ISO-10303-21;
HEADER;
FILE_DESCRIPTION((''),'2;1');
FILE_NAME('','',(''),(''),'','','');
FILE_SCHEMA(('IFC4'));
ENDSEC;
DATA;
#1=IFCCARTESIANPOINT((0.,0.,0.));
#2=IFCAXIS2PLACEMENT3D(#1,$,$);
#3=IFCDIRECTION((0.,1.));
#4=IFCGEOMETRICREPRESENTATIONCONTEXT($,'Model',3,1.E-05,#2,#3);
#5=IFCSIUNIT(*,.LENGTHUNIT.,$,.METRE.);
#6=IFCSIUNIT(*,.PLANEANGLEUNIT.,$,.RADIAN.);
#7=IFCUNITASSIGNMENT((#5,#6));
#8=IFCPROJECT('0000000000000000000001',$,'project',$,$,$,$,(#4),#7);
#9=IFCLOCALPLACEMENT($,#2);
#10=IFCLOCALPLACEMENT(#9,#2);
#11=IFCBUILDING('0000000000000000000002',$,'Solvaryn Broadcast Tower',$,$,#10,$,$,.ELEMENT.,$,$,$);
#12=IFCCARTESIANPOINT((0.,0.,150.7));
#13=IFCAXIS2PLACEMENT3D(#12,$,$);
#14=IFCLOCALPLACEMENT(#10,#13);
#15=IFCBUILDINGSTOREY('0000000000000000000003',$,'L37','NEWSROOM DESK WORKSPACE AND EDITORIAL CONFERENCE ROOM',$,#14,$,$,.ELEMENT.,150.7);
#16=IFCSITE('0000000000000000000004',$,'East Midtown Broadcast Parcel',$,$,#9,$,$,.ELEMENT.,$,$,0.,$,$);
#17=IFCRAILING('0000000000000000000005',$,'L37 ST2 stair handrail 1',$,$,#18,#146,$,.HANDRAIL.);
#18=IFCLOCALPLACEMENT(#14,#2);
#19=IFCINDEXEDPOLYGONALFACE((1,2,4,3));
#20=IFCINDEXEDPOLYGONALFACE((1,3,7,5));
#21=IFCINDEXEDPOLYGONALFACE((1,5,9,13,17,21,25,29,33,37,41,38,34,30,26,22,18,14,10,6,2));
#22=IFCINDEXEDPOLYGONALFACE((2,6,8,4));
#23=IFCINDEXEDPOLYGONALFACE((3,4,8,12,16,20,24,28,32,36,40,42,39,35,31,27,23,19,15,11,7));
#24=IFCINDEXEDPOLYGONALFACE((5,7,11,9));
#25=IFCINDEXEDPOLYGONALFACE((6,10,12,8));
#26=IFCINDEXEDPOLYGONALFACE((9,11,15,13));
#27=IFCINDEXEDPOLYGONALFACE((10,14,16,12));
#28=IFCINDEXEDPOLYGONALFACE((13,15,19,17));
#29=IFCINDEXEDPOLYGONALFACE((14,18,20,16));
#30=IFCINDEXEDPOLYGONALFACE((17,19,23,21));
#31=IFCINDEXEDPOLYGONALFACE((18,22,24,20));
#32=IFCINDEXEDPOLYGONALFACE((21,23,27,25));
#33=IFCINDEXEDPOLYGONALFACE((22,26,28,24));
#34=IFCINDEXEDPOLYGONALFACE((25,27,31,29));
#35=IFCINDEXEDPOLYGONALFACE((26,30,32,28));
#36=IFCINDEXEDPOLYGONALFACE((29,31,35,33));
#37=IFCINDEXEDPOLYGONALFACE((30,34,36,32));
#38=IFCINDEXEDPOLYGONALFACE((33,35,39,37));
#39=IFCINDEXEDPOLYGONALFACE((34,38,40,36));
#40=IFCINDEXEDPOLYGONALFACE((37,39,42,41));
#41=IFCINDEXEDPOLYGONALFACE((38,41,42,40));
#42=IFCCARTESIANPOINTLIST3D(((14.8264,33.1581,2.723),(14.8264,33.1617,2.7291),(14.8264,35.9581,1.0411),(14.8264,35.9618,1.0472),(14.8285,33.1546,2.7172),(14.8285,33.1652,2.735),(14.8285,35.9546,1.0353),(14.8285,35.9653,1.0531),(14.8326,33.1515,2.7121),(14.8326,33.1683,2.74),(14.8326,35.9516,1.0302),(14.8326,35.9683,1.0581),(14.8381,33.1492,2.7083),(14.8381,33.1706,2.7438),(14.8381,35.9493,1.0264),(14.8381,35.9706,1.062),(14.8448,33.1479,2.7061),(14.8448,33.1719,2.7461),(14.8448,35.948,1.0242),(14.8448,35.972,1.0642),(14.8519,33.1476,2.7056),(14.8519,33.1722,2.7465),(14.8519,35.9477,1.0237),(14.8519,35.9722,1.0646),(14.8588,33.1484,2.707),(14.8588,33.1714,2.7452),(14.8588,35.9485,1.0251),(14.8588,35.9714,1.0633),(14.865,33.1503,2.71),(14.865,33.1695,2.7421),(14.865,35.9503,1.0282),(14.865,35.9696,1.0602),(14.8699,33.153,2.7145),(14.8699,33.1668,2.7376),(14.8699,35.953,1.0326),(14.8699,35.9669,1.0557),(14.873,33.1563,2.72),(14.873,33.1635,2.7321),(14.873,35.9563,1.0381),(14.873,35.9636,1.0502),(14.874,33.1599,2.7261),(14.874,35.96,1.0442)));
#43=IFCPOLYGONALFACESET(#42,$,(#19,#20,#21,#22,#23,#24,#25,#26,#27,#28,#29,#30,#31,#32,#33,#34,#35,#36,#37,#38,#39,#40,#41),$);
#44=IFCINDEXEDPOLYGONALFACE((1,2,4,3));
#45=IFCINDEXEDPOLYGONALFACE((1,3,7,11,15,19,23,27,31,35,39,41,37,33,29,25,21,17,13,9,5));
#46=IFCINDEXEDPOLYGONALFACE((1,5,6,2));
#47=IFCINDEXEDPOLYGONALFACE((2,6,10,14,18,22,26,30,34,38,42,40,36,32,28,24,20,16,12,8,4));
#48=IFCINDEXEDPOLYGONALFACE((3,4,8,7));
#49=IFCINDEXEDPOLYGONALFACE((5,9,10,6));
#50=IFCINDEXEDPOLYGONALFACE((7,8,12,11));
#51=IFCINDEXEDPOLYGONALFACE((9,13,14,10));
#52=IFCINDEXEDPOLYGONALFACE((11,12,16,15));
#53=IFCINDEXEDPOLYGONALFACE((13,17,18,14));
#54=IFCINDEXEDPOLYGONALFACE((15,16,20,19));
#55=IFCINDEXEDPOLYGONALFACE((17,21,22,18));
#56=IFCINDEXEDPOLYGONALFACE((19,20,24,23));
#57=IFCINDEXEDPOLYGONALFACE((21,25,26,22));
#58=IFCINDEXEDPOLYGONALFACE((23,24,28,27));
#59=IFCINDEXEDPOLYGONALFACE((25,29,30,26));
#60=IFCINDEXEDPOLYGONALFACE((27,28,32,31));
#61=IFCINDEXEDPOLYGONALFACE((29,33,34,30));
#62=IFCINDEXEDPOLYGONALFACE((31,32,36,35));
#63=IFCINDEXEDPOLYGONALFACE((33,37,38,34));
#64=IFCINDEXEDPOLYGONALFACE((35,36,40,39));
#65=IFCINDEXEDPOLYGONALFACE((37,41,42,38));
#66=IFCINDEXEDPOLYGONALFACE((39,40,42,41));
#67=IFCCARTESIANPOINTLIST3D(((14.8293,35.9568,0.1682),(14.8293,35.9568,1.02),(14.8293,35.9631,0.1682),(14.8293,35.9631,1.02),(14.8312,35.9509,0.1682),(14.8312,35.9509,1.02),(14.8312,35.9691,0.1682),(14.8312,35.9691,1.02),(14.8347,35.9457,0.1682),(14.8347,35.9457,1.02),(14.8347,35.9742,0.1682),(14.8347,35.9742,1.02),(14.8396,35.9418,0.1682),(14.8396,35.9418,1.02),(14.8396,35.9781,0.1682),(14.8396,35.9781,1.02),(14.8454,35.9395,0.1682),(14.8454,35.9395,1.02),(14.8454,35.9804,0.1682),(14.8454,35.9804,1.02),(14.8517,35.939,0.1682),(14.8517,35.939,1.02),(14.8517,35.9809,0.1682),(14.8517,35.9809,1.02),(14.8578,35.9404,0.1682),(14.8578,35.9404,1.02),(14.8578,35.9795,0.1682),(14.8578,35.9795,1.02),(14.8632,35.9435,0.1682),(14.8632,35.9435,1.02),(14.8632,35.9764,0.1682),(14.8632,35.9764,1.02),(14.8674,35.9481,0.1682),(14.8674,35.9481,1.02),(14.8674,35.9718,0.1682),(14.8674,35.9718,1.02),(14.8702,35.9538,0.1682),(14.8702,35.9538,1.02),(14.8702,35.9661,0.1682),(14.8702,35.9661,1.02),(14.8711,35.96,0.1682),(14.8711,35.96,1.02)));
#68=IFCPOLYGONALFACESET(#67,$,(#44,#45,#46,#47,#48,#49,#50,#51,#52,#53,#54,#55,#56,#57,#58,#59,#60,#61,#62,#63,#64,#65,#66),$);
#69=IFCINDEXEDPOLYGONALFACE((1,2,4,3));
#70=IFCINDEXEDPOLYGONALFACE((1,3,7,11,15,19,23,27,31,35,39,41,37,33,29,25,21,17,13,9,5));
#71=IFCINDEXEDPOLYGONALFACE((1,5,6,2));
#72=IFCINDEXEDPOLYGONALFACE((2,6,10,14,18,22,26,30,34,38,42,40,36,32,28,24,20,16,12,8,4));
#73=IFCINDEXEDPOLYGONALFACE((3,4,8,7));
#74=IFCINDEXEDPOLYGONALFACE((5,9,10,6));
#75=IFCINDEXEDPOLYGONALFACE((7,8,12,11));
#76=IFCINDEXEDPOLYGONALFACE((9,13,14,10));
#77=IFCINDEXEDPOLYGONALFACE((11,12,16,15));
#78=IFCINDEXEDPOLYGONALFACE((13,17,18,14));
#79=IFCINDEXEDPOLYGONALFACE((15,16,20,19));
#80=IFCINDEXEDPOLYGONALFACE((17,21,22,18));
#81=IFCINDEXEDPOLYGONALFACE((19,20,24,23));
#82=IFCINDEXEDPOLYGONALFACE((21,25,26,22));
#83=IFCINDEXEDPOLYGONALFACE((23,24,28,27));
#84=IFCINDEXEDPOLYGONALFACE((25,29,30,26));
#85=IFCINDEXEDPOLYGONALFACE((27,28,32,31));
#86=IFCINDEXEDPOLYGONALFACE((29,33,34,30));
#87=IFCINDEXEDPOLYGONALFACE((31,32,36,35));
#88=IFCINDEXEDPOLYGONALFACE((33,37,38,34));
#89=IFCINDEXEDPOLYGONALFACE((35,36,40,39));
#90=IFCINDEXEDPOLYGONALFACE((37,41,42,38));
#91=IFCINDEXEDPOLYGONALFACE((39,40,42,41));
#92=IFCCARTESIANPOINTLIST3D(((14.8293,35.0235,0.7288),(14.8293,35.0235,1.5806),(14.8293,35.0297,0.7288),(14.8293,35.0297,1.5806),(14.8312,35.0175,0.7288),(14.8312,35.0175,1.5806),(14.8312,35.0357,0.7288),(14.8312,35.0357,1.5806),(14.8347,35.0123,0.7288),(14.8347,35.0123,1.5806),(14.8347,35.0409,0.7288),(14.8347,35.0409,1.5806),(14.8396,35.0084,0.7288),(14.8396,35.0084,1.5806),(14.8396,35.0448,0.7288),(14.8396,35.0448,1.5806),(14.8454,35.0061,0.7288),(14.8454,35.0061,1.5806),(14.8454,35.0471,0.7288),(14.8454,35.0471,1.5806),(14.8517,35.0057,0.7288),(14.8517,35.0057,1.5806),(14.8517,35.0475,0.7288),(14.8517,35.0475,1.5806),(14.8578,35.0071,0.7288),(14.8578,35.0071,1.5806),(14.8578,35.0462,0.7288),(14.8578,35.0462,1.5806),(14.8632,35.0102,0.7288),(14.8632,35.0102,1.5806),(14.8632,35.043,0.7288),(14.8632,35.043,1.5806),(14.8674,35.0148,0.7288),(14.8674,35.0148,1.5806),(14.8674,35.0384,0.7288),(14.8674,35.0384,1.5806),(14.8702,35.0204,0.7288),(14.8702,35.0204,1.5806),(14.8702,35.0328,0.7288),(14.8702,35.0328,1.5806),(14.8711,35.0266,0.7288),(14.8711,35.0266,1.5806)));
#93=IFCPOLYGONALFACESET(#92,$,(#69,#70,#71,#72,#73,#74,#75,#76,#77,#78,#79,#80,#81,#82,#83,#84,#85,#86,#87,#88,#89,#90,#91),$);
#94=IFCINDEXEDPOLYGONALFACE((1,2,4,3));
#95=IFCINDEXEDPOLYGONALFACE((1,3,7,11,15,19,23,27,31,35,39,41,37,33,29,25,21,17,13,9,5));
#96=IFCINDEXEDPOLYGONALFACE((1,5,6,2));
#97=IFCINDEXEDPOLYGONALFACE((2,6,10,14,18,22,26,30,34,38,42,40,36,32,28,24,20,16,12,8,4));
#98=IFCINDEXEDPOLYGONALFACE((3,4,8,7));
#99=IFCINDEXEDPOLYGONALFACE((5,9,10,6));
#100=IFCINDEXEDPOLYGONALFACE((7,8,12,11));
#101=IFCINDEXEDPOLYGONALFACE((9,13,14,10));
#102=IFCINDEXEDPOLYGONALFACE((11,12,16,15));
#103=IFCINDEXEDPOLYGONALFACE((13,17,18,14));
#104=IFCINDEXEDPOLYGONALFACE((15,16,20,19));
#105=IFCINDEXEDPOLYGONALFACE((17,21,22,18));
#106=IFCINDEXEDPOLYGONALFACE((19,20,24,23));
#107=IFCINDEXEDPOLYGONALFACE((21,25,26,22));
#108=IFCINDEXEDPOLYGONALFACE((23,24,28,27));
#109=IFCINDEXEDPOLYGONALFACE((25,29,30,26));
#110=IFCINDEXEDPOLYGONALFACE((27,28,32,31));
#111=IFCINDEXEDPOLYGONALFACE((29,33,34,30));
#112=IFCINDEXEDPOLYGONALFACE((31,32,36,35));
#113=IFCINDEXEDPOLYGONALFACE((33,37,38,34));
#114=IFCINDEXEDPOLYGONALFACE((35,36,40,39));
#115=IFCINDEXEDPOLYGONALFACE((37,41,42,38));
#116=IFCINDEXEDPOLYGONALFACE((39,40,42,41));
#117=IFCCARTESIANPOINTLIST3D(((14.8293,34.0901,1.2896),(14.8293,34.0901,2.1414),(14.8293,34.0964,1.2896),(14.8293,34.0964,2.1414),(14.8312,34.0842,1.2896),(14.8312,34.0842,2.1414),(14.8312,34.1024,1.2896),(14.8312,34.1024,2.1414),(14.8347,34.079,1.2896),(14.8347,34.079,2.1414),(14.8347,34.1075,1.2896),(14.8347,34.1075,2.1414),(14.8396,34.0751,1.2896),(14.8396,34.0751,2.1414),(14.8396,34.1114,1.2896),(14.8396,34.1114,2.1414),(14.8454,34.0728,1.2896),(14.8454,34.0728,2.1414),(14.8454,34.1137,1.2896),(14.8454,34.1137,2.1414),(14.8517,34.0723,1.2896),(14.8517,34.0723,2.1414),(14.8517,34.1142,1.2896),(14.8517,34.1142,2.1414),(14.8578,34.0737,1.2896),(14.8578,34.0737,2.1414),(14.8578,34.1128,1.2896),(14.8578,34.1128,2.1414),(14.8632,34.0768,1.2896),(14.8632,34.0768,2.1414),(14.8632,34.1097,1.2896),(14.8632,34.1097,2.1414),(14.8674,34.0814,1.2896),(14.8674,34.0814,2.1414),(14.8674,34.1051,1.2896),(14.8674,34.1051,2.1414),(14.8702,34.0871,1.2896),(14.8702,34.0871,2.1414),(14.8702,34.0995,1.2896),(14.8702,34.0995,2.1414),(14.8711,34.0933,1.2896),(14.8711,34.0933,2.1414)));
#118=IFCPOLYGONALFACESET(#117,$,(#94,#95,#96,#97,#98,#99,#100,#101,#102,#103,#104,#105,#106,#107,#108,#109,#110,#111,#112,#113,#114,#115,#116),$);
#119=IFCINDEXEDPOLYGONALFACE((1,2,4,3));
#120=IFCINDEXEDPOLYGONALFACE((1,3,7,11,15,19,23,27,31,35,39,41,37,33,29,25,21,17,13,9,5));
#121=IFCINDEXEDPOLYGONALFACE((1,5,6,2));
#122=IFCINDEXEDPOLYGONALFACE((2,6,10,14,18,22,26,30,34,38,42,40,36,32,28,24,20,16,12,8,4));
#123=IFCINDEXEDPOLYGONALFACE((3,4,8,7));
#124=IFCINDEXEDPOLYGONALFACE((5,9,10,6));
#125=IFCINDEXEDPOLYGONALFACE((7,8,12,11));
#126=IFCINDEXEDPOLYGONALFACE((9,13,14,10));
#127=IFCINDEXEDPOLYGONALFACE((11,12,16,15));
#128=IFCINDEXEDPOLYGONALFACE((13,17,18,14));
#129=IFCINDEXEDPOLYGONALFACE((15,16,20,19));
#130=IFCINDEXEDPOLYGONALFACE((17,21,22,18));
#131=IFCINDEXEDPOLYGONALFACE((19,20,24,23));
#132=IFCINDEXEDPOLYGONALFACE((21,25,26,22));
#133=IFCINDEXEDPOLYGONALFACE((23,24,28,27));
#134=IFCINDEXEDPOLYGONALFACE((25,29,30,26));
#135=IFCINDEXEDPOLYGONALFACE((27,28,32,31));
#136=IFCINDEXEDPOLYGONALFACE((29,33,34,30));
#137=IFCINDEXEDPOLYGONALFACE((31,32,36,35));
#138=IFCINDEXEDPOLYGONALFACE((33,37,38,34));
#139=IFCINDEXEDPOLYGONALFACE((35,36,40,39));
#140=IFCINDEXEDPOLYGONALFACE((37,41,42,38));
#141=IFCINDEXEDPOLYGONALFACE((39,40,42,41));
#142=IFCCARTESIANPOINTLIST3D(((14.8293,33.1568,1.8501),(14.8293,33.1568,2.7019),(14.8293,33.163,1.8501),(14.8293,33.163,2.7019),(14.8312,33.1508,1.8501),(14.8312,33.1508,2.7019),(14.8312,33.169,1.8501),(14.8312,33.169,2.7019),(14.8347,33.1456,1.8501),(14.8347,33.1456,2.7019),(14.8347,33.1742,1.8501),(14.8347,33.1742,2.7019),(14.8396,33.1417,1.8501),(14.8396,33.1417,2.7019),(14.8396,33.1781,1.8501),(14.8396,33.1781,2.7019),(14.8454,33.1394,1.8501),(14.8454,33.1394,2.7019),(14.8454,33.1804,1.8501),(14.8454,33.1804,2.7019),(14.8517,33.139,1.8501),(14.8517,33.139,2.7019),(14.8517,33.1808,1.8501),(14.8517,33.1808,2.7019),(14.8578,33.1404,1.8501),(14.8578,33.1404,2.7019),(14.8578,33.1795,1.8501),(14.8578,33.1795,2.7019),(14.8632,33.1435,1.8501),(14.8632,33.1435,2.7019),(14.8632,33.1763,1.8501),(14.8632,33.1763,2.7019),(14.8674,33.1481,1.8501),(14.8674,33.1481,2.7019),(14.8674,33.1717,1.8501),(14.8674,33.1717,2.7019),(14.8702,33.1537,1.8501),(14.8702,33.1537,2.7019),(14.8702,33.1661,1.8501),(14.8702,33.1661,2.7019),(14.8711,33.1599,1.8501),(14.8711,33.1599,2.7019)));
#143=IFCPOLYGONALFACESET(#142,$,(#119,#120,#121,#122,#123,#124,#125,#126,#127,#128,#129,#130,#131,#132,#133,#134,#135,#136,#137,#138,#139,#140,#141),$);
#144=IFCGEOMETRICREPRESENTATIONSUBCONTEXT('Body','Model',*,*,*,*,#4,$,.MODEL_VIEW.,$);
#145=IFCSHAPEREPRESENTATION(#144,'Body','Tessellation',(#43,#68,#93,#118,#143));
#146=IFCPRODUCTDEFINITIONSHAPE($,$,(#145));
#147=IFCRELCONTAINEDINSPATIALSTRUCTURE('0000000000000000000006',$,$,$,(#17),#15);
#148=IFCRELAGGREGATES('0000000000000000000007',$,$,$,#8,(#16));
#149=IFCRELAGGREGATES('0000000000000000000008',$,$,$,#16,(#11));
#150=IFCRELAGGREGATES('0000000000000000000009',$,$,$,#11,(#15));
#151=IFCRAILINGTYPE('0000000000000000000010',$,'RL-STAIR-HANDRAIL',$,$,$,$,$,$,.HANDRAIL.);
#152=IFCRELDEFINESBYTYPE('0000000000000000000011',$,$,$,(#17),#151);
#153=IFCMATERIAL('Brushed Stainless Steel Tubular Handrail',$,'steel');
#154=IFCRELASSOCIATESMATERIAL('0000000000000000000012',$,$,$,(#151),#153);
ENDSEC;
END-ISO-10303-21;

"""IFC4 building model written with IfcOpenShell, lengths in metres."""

from ifc_helpers import new_model, si_unit, direction, frame, origin, origin_2d, place, context, subcontext, project, spatial, circle, extrude, material, type_object, element, save


model = new_model("IFC4")

# Units and contexts
model_context = context("Model", 3, precision=1e-05, world=origin(), true_north=direction((0.0, 1.0)))
body_context = subcontext(model_context, "Body", "Model", "MODEL_VIEW")
ifc_project = project(units=[si_unit("LENGTHUNIT", "METRE"), si_unit("PLANEANGLEUNIT", "RADIAN")], contexts=[model_context])

# Site, building, storey
site_placement = place(None, origin())
site = spatial("IfcSite", under=ifc_project, at=site_placement, Name="East Midtown Broadcast Parcel", CompositionType="ELEMENT", RefElevation=0.0)
building_placement = place(site_placement, origin())
building = spatial("IfcBuilding", under=site, at=building_placement, Name="Solvaryn Broadcast Tower", CompositionType="ELEMENT")
storey_placement = place(building_placement, frame((0.0, 0.0, 150.7)))
storey = spatial("IfcBuildingStorey", under=building, at=storey_placement, Name="L37", Description="NEWSROOM DESK WORKSPACE AND EDITORIAL CONFERENCE ROOM", CompositionType="ELEMENT", Elevation=150.7)

# Railing
ifc_material_1 = material(Name="Brushed Stainless Steel Tubular Handrail", Category="steel")
railing_type_1 = type_object("IfcRailingType", Name="RL-STAIR-HANDRAIL", PredefinedType="HANDRAIL", material=ifc_material_1)
railing_1_placement = place(storey_placement, frame((14.8501, 35.96, 0.1682)))
element("IfcRailing", 1, at=railing_1_placement, inside=storey, type_object=railing_type_1, Name="L37 ST2 stair handrail 1", PredefinedType="HANDRAIL", context=body_context, shape_type="SweptSolid", body=[
    extrude(circle(Radius=0.0239, at=origin_2d()), frame((0.0, 0.0, 0.876), z_axis=(0.0, -0.857242, 0.514913), x_axis=(1.0, 0.0, 0.0)), (0.0, 0.0, 1.0), 3.2664),
    extrude(circle(Radius=0.021, at=origin_2d()), origin(), (0.0, 0.0, 1.0), 0.8518),
    extrude(circle(Radius=0.021, at=origin_2d()), frame((0.0, -0.9333, 0.5605)), (0.0, 0.0, 1.0), 0.8518),
    extrude(circle(Radius=0.021, at=origin_2d()), frame((0.0, -1.8667, 1.1213)), (0.0, 0.0, 1.0), 0.8518),
    extrude(circle(Radius=0.021, at=origin_2d()), frame((0.0, -2.8, 1.6819)), (0.0, 0.0, 1.0), 0.8518),
])

save(model, "model.ifc")
